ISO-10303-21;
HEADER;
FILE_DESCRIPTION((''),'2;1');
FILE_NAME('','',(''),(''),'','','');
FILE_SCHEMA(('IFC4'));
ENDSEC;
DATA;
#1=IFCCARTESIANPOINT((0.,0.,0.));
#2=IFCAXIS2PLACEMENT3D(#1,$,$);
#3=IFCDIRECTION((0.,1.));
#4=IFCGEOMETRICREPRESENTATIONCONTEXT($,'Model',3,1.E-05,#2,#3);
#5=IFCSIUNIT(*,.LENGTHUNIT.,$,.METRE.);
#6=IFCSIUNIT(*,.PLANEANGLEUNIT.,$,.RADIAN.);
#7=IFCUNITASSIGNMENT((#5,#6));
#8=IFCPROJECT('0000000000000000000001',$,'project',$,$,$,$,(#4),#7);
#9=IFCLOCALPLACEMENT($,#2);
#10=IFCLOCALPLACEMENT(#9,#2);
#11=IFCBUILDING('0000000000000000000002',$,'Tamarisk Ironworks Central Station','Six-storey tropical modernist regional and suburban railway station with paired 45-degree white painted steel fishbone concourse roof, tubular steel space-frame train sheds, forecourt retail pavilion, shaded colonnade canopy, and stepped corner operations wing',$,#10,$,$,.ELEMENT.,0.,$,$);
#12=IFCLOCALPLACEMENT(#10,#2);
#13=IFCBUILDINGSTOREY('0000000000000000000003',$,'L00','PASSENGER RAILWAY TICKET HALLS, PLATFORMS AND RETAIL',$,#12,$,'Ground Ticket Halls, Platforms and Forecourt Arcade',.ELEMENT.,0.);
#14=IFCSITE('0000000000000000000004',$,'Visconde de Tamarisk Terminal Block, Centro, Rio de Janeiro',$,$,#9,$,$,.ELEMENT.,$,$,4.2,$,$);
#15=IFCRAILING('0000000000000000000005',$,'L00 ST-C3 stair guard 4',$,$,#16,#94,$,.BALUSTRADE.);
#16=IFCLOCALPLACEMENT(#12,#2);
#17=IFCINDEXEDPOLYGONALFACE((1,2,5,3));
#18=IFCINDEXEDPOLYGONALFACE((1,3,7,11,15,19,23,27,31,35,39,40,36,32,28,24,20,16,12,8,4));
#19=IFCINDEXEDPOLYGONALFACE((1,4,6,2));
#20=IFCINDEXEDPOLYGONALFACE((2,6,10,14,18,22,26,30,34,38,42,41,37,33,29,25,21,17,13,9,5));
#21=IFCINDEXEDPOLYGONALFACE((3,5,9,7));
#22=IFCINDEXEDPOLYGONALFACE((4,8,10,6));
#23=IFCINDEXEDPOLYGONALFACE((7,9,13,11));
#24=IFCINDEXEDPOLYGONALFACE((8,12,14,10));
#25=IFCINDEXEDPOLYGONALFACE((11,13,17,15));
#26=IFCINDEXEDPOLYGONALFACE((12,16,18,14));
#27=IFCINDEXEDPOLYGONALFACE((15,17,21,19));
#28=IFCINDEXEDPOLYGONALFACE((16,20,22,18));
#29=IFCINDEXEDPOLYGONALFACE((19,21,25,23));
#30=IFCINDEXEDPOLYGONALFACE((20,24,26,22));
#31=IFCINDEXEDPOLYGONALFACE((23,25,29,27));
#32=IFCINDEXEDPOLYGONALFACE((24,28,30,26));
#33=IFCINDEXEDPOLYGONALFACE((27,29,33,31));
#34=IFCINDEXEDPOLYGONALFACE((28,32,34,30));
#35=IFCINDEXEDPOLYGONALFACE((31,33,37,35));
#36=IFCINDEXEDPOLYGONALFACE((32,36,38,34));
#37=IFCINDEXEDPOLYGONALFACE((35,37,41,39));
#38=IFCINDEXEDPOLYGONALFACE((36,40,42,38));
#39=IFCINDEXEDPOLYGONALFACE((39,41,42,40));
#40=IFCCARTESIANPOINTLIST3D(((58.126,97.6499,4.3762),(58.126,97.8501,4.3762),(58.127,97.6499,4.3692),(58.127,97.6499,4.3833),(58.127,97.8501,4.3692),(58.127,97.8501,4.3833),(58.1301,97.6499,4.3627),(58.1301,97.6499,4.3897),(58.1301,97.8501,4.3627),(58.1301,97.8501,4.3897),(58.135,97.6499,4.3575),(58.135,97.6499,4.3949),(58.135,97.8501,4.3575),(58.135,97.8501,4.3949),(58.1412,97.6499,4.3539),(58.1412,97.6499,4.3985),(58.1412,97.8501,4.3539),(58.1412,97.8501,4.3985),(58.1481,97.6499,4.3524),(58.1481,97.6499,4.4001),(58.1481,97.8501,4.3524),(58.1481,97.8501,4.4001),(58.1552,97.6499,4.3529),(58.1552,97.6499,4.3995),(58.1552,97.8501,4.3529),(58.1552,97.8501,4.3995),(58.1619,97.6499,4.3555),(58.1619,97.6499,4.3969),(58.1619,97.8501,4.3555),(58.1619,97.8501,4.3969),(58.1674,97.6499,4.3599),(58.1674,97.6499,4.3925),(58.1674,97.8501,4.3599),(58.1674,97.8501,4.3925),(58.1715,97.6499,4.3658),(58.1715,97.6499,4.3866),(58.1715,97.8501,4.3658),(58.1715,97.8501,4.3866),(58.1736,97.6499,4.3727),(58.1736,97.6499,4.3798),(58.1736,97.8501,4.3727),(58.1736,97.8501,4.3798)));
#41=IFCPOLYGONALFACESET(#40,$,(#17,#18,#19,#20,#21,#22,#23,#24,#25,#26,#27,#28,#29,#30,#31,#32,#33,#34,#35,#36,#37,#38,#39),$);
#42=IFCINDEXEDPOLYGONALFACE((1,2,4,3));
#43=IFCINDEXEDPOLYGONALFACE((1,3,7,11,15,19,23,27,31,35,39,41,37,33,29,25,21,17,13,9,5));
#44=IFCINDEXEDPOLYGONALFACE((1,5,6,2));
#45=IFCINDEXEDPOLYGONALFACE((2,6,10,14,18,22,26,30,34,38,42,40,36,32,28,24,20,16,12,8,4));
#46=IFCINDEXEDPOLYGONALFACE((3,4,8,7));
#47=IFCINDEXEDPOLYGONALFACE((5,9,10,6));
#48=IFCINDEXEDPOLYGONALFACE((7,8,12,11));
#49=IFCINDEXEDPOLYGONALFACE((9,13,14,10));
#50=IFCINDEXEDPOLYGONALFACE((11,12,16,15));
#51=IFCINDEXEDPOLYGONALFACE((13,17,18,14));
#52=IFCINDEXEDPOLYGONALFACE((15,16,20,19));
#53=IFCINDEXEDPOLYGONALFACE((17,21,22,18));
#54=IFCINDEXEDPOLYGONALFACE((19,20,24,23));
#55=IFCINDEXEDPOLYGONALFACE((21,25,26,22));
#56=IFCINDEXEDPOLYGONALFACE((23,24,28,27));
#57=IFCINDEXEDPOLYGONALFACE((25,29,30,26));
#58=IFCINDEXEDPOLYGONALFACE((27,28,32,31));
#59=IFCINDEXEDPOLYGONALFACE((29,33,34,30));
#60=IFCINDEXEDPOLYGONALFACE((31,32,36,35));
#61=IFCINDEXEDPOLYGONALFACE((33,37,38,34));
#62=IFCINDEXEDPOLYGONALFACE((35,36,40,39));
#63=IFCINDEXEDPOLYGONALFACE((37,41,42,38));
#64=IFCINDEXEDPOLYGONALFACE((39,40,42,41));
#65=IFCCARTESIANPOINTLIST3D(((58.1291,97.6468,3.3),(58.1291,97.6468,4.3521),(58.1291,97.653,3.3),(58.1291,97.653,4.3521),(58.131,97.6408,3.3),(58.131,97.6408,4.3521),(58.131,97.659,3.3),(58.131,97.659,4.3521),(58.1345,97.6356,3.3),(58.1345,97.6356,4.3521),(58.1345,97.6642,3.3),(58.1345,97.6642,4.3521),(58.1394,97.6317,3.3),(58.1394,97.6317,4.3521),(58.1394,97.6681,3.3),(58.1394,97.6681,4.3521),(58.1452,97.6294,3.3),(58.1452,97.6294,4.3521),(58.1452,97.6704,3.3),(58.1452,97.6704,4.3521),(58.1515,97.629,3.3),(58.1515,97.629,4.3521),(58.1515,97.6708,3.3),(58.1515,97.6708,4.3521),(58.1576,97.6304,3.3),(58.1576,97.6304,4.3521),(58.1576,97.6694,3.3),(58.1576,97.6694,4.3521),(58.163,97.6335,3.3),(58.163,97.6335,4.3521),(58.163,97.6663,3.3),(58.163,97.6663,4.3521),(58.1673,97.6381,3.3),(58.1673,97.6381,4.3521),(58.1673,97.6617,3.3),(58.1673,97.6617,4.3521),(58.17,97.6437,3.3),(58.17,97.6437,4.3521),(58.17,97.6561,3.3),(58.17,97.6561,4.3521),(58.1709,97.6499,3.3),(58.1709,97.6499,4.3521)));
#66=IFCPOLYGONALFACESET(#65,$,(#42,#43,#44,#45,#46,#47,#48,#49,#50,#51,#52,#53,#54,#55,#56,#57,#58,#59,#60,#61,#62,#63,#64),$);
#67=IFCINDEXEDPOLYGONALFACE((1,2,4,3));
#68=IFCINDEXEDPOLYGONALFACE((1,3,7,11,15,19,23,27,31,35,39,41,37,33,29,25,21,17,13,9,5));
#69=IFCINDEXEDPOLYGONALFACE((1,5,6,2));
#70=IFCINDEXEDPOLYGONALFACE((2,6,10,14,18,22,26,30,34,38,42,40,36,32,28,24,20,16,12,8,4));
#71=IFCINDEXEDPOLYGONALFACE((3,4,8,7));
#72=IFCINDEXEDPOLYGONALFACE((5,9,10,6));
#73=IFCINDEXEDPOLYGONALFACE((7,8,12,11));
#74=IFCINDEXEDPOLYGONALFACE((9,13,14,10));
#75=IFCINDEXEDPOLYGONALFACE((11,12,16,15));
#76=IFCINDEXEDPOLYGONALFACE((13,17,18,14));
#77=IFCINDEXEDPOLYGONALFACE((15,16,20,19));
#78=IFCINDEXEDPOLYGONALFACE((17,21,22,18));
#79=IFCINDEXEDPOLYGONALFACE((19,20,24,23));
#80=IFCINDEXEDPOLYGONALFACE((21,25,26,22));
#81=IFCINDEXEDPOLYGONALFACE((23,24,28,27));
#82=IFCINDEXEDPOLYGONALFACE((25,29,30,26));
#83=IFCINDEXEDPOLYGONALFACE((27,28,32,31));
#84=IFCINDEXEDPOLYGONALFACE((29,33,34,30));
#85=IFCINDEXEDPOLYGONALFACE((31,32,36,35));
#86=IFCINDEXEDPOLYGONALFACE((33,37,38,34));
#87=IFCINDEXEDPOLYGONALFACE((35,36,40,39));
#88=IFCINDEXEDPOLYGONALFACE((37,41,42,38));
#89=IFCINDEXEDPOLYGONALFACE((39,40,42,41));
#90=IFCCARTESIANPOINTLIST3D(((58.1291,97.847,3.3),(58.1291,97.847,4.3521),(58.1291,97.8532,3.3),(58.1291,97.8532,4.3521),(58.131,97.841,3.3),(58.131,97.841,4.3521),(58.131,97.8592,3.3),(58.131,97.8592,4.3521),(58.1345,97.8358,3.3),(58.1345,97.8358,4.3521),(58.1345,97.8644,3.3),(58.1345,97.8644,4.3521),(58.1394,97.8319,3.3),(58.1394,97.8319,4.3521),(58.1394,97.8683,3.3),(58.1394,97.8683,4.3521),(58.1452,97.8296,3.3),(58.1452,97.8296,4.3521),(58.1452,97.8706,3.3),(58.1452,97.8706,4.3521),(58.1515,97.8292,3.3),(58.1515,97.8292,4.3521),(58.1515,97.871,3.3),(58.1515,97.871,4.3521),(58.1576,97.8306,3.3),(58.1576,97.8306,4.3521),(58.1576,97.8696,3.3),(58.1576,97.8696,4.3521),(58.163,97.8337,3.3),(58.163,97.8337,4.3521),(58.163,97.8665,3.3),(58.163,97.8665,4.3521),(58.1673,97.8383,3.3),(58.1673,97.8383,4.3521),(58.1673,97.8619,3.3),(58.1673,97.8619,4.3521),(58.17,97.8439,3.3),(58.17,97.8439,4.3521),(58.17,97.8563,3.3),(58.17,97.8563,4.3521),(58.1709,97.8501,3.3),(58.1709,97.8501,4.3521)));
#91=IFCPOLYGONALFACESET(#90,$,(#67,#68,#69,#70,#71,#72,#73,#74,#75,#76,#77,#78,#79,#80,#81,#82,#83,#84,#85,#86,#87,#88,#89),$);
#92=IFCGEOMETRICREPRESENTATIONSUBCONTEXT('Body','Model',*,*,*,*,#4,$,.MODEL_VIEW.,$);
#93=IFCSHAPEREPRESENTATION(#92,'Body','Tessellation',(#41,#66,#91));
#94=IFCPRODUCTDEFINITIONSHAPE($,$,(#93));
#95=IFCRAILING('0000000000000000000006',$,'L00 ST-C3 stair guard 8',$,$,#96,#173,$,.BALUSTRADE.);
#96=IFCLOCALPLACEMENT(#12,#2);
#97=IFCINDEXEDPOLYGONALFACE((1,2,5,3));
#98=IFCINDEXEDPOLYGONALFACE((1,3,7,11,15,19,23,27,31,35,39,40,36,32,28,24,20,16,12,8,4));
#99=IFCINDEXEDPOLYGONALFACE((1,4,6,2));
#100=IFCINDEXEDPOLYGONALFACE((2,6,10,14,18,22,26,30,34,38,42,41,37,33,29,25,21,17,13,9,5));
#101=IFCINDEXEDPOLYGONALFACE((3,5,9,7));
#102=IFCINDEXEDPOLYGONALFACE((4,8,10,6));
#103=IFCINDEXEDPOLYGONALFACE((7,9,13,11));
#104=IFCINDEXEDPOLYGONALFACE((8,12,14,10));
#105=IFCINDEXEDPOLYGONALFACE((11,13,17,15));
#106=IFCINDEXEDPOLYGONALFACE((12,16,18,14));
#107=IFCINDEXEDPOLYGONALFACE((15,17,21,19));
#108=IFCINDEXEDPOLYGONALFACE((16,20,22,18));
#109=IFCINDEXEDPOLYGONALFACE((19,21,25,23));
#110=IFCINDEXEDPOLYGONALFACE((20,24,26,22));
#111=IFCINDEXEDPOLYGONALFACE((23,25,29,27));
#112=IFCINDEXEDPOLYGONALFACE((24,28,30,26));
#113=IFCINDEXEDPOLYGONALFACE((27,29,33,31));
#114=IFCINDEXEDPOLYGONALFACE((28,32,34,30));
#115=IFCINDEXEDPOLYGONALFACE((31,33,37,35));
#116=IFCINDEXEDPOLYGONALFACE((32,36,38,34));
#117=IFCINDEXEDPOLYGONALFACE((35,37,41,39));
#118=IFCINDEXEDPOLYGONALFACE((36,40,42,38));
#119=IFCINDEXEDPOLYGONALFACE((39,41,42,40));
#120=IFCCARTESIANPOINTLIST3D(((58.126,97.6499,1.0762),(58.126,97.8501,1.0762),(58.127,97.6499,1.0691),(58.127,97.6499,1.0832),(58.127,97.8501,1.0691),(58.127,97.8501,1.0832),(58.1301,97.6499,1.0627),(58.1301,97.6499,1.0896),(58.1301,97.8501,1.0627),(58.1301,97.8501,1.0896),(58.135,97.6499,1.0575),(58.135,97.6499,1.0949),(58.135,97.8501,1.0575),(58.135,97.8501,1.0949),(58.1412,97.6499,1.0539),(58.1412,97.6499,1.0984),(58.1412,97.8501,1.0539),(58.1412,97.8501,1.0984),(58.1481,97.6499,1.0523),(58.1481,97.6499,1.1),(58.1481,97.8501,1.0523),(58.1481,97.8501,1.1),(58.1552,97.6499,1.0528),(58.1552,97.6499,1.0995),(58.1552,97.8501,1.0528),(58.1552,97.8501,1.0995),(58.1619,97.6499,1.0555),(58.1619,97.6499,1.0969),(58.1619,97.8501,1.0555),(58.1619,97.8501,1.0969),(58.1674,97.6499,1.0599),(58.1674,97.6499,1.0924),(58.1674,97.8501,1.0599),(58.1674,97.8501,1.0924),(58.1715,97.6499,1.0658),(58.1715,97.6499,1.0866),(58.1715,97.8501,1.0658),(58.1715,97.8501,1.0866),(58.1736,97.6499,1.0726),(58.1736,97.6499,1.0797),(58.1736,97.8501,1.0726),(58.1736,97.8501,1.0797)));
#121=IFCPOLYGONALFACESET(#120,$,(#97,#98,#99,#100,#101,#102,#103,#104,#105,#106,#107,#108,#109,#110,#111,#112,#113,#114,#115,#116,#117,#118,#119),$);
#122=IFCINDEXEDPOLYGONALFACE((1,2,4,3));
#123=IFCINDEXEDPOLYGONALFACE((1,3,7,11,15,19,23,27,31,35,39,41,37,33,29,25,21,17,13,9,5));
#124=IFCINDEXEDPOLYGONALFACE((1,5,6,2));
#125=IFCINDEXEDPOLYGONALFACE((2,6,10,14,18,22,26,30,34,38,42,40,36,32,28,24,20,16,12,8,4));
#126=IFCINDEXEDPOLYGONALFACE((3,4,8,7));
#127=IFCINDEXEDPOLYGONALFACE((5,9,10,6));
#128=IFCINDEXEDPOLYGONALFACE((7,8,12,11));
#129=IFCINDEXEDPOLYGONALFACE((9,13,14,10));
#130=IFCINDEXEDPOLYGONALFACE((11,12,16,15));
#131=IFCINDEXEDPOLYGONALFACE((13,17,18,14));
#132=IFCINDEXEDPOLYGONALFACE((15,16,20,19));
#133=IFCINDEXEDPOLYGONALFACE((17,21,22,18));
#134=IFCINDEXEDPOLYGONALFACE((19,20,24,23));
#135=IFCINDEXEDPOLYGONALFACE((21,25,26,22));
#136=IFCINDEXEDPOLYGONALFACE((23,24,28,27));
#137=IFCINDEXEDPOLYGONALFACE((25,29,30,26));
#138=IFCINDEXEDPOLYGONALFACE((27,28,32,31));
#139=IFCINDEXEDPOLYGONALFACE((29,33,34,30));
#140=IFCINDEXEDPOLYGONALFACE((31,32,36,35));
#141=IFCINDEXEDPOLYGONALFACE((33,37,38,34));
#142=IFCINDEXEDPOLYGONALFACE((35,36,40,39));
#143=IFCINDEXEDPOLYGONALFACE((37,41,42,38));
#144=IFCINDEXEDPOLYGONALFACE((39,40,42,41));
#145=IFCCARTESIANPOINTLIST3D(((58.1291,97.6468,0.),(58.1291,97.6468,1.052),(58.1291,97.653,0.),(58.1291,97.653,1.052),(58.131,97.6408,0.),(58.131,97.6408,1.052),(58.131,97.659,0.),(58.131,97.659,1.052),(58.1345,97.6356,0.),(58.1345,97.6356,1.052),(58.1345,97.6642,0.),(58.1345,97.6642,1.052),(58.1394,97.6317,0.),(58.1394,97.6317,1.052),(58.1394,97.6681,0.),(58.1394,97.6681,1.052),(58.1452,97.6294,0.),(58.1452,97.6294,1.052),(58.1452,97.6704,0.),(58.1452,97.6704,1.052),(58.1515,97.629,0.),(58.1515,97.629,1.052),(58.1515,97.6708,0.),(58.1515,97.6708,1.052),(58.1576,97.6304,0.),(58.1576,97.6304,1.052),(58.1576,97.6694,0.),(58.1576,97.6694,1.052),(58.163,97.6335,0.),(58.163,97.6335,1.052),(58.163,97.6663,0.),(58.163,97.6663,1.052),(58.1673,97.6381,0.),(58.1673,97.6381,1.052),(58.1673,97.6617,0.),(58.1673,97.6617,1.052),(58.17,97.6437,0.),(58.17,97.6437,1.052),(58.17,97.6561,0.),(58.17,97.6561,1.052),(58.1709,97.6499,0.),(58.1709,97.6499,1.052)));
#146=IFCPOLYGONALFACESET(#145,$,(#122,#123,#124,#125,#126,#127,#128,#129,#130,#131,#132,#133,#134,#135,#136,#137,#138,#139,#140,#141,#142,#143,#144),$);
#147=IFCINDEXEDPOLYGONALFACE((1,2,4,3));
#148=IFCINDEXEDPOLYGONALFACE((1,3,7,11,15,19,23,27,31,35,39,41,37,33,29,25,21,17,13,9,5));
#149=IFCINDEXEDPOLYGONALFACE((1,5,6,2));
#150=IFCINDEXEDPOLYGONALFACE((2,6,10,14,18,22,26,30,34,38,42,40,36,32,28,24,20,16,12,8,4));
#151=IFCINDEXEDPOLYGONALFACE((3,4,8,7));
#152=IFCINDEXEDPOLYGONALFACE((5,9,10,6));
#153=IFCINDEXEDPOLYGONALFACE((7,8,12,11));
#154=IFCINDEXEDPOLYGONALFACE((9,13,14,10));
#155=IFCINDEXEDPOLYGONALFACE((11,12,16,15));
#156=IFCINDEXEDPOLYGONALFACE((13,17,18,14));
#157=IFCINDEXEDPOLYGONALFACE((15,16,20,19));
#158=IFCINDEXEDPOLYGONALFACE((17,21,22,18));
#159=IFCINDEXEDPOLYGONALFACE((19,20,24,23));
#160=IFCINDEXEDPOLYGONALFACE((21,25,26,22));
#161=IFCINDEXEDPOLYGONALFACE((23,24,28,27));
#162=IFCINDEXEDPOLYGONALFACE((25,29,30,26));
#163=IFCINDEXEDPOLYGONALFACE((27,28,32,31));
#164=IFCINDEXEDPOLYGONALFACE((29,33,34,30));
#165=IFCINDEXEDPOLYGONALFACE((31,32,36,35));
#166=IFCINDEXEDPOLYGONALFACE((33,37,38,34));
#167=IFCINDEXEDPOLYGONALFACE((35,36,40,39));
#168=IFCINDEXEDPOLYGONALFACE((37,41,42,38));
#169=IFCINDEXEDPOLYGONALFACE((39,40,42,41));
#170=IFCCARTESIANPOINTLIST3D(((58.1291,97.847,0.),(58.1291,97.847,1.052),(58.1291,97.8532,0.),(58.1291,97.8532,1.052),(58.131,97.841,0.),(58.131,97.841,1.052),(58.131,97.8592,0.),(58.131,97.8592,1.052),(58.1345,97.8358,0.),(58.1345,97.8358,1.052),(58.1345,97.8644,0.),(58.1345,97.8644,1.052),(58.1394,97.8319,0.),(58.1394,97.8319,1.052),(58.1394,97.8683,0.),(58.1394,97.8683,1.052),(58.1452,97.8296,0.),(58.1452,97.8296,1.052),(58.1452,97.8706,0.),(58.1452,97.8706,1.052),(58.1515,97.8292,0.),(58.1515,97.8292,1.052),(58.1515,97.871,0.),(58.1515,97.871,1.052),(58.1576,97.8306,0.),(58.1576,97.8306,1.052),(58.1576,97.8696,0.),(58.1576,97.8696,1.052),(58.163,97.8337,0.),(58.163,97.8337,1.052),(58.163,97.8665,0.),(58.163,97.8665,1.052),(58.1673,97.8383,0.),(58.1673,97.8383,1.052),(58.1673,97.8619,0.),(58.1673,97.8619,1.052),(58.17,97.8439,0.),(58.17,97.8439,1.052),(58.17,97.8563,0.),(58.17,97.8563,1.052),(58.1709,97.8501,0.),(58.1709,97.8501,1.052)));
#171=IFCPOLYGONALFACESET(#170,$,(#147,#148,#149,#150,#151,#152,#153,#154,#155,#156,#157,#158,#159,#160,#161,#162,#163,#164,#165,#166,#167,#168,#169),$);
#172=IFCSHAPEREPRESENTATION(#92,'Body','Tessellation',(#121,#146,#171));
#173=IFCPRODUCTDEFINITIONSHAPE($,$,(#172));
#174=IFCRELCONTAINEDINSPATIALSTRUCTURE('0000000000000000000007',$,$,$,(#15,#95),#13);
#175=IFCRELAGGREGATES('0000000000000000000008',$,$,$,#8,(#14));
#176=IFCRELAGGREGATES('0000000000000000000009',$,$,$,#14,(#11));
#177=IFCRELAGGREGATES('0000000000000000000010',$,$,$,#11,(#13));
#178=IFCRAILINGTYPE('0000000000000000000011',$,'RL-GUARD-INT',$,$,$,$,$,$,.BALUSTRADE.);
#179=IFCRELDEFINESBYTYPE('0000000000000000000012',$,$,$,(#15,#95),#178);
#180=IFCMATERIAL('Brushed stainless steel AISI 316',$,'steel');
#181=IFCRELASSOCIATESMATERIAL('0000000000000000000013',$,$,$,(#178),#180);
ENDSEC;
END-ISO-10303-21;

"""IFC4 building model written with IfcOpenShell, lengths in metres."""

from ifc_helpers import new_model, si_unit, direction, frame, origin, origin_2d, place, context, subcontext, project, spatial, circle, extrude, material, type_object, element, save


model = new_model("IFC4")

# Units and contexts
model_context = context("Model", 3, precision=1e-05, world=origin(), true_north=direction((0.0, 1.0)))
body_context = subcontext(model_context, "Body", "Model", "MODEL_VIEW")
ifc_project = project(units=[si_unit("LENGTHUNIT", "METRE"), si_unit("PLANEANGLEUNIT", "RADIAN")], contexts=[model_context])

# Site, building, storey
site_placement = place(None, origin())
site = spatial("IfcSite", under=ifc_project, at=site_placement, Name="Visconde de Tamarisk Terminal Block, Centro, Rio de Janeiro", CompositionType="ELEMENT", RefElevation=4.2)
building_placement = place(site_placement, origin())
building = spatial("IfcBuilding", under=site, at=building_placement, Name="Tamarisk Ironworks Central Station", Description="Six-storey tropical modernist regional and suburban railway station with paired 45-degree white painted steel fishbone concourse roof, tubular steel space-frame train sheds, forecourt retail pavilion, shaded colonnade canopy, and stepped corner operations wing", CompositionType="ELEMENT", ElevationOfRefHeight=0.0)
storey_placement = place(building_placement, origin())
storey = spatial("IfcBuildingStorey", under=building, at=storey_placement, Name="L00", Description="PASSENGER RAILWAY TICKET HALLS, PLATFORMS AND RETAIL", LongName="Ground Ticket Halls, Platforms and Forecourt Arcade", CompositionType="ELEMENT", Elevation=0.0)

# Railings
ifc_material_1 = material(Name="Brushed stainless steel AISI 316", Category="steel")
railing_type_1 = type_object("IfcRailingType", Name="RL-GUARD-INT", PredefinedType="BALUSTRADE", material=ifc_material_1)
for number, where, name in (
    (1, (58.1499, 97.6499, 3.3), "L00 ST-C3 stair guard 4"),
    (2, (58.1499, 97.6499, 0.0), "L00 ST-C3 stair guard 8"),
):
    element("IfcRailing", number, at=place(storey_placement, frame(where)), inside=storey, type_object=railing_type_1, Name=name, PredefinedType="BALUSTRADE", context=body_context, shape_type="SweptSolid", body=[
        extrude(circle(Radius=0.0239, at=origin_2d()), frame((0.0, 0.0, 1.0762), z_axis=(0.0, 1.0, 0.0), x_axis=(-1.0, 0.0, 0.0)), (0.0, 0.0, 1.0), 0.2002),
        extrude(circle(Radius=0.021, at=origin_2d()), origin(), (0.0, 0.0, 1.0), 1.052),
        extrude(circle(Radius=0.021, at=origin_2d()), frame((0.0, 0.2002, 0.0)), (0.0, 0.0, 1.0), 1.052),
    ])

save(model, "model.ifc")
